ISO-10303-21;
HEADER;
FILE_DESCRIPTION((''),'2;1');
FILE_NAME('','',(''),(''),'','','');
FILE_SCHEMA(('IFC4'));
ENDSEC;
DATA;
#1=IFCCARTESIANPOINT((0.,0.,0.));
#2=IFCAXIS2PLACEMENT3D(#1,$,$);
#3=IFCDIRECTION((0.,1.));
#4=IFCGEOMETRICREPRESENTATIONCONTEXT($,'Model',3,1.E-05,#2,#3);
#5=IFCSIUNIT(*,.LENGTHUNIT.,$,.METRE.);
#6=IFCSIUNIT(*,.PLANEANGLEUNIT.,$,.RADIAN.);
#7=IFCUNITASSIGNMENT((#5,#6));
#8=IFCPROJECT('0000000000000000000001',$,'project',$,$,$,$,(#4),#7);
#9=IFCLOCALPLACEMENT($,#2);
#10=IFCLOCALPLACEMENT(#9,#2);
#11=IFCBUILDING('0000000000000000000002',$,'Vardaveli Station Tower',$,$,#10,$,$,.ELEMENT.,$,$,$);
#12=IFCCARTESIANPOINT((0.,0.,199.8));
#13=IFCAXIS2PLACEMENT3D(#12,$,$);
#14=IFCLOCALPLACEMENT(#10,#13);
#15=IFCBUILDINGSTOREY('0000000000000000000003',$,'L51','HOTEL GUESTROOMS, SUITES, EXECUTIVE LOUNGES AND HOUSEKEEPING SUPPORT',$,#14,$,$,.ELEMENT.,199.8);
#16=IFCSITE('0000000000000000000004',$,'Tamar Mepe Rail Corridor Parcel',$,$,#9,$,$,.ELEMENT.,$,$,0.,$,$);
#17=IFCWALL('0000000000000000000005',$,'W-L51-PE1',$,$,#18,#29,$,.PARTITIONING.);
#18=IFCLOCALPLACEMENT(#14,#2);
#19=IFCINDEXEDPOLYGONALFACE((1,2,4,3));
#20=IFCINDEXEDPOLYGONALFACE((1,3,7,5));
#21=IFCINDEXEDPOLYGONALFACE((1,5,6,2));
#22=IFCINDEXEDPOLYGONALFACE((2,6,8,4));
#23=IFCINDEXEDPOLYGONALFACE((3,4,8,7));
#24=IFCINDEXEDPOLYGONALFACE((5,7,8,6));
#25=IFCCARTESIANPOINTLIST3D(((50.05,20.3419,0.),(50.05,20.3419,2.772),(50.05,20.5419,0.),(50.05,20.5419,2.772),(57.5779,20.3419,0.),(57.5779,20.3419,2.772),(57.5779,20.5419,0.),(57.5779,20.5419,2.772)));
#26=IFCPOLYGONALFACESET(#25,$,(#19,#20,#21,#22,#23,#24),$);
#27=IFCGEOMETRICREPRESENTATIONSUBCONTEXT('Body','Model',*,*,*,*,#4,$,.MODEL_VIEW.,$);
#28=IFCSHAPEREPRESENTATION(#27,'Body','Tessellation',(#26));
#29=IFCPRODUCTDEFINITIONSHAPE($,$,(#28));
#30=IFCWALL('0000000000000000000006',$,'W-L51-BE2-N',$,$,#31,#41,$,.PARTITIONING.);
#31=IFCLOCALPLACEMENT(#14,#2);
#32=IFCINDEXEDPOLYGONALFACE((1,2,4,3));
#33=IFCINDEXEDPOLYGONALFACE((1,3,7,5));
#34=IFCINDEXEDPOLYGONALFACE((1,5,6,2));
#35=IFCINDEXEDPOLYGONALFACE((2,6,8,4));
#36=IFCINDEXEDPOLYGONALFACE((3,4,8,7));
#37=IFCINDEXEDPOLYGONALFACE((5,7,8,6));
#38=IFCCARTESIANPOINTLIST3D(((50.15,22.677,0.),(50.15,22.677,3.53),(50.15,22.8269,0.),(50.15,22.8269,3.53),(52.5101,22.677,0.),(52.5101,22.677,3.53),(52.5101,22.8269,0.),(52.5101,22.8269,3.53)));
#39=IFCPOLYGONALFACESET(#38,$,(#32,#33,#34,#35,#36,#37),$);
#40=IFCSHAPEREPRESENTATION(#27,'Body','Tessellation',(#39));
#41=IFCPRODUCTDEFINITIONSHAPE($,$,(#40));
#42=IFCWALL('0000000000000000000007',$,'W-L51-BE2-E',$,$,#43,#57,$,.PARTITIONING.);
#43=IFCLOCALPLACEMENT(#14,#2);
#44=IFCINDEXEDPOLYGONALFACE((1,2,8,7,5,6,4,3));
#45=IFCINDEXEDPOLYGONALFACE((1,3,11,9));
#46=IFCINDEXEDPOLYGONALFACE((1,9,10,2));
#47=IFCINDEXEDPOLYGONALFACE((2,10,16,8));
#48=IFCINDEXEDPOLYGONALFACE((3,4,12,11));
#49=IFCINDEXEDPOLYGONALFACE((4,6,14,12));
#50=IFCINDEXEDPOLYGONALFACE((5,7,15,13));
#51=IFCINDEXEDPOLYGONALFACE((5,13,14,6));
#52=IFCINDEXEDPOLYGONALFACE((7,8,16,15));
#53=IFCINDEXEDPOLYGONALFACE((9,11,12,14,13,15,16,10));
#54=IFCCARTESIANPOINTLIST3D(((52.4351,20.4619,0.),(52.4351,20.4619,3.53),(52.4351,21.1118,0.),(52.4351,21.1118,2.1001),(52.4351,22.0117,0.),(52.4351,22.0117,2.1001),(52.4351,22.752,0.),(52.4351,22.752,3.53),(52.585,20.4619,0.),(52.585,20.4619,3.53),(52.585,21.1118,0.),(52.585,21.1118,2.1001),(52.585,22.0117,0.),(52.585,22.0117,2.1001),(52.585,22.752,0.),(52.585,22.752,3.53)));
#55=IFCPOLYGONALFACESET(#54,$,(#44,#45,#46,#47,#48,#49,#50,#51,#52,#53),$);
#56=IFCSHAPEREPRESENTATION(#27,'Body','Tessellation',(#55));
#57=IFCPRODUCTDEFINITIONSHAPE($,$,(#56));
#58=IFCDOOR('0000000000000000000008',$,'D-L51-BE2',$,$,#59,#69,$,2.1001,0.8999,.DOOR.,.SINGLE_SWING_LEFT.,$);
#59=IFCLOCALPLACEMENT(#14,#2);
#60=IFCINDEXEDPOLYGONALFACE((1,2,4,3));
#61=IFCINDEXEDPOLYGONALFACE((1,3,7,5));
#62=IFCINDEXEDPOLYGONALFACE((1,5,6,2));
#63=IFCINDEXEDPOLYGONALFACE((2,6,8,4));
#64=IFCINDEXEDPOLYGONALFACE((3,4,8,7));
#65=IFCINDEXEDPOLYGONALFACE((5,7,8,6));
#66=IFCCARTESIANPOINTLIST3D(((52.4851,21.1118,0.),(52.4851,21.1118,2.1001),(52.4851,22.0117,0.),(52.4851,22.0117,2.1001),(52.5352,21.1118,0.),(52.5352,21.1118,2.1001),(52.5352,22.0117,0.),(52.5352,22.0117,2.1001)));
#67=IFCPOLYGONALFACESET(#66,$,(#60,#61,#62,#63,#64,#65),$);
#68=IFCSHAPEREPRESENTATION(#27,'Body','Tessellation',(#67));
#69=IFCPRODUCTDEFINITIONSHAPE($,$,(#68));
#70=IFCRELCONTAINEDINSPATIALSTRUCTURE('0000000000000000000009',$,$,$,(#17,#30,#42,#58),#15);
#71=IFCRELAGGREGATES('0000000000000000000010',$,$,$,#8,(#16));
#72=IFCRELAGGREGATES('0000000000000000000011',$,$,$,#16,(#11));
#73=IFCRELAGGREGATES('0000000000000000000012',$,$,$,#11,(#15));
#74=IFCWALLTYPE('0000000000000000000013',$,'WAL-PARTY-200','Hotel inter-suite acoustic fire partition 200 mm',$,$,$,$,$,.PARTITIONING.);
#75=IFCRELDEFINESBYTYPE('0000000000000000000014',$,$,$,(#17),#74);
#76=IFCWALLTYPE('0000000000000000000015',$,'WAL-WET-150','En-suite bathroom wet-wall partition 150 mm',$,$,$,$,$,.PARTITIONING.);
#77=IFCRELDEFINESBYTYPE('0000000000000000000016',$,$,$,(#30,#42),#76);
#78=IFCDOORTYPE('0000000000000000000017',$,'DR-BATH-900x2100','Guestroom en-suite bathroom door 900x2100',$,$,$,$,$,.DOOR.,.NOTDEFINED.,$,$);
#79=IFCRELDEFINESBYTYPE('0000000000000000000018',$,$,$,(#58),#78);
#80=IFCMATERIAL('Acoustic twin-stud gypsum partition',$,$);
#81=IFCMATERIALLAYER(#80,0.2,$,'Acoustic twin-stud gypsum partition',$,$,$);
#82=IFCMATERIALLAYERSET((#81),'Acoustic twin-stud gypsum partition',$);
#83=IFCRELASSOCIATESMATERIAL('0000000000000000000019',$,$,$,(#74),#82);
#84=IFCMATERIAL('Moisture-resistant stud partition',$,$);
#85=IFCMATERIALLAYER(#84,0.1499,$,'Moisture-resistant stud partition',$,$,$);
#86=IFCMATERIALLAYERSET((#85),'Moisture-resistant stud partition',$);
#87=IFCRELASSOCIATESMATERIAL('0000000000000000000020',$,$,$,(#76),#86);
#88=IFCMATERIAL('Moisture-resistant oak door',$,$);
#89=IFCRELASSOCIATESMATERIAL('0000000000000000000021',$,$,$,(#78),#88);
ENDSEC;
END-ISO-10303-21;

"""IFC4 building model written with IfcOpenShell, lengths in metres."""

from ifc_helpers import new_model, si_unit, direction, frame, frame_2d, origin, place, context, subcontext, project, spatial, rectangle, extrude, source, transform, mapped, material, layer, layer_set, type_object, element, fill, save


model = new_model("IFC4")

# Units and contexts
model_context = context("Model", 3, precision=1e-05, world=origin(), true_north=direction((0.0, 1.0)))
body_context = subcontext(model_context, "Body", "Model", "MODEL_VIEW")
ifc_project = project(units=[si_unit("LENGTHUNIT", "METRE"), si_unit("PLANEANGLEUNIT", "RADIAN")], contexts=[model_context])

# Site, building, storey
site_placement = place(None, origin())
site = spatial("IfcSite", under=ifc_project, at=site_placement, Name="Tamar Mepe Rail Corridor Parcel", CompositionType="ELEMENT", RefElevation=0.0)
building_placement = place(site_placement, origin())
building = spatial("IfcBuilding", under=site, at=building_placement, Name="Vardaveli Station Tower", CompositionType="ELEMENT")
storey_placement = place(building_placement, frame((0.0, 0.0, 199.8)))
storey = spatial("IfcBuildingStorey", under=building, at=storey_placement, Name="L51", Description="HOTEL GUESTROOMS, SUITES, EXECUTIVE LOUNGES AND HOUSEKEEPING SUPPORT", CompositionType="ELEMENT", Elevation=199.8)

# Walls
ifc_material_1 = material(Name="Acoustic twin-stud gypsum partition")
ifc_layer_1 = layer(ifc_material_1, 0.2, Name="Acoustic twin-stud gypsum partition")
ifc_layer_set_1 = layer_set([ifc_layer_1], Name="Acoustic twin-stud gypsum partition")
wall_type_1 = type_object("IfcWallType", Name="WAL-PARTY-200", Description="Hotel inter-suite acoustic fire partition 200 mm", PredefinedType="PARTITIONING", material=ifc_layer_set_1)
shared_shape_1 = source(origin(), body_context, "Body", "SweptSolid", [
    extrude(rectangle(XDim=7.5278, YDim=0.2, at=frame_2d((3.7639, 0.0))), origin(), (0.0, 0.0, 1.0), 2.772),
])
wall_1_placement = place(storey_placement, frame((50.05, 20.4419, 0.0), z_axis=(0.0, 0.0, 1.0), x_axis=(1.0, 0.0, 0.0)))
element("IfcWall", 1, at=wall_1_placement, inside=storey, type_object=wall_type_1, Name="W-L51-PE1", PredefinedType="PARTITIONING", context=body_context, shape_type="MappedRepresentation", body=[
    mapped(shared_shape_1, transform((0.0, 0.0, 0.0), scale=1.0)),
])
ifc_material_2 = material(Name="Moisture-resistant stud partition")
ifc_layer_2 = layer(ifc_material_2, 0.1499, Name="Moisture-resistant stud partition")
ifc_layer_set_2 = layer_set([ifc_layer_2], Name="Moisture-resistant stud partition")
wall_type_2 = type_object("IfcWallType", Name="WAL-WET-150", Description="En-suite bathroom wet-wall partition 150 mm", PredefinedType="PARTITIONING", material=ifc_layer_set_2)
shared_shape_2 = source(origin(), body_context, "Body", "SweptSolid", [
    extrude(rectangle(XDim=2.3601, YDim=0.1499, at=frame_2d((1.1802, 0.0))), origin(), (0.0, 0.0, 1.0), 3.53),
])
wall_2_placement = place(storey_placement, frame((50.1499, 22.752, 0.0), z_axis=(0.0, 0.0, 1.0), x_axis=(1.0, 0.0, 0.0)))
element("IfcWall", 2, at=wall_2_placement, inside=storey, type_object=wall_type_2, Name="W-L51-BE2-N", PredefinedType="PARTITIONING", context=body_context, shape_type="MappedRepresentation", body=[
    mapped(shared_shape_2, transform((0.0, 0.0, 0.0), scale=1.0)),
])

# Wall, opening, door
shared_shape_3 = source(origin(), body_context, "Body", "SweptSolid", [
    extrude(rectangle(XDim=2.29, YDim=0.1499, at=frame_2d((1.145, 0.0))), origin(), (0.0, 0.0, 1.0), 3.53),
])
wall_3_placement = place(storey_placement, frame((52.51, 20.4619, 0.0), z_axis=(0.0, 0.0, 1.0), x_axis=(0.0, 1.0, 0.0)))
wall_3 = element("IfcWall", 3, at=wall_3_placement, inside=storey, type_object=wall_type_2, Name="W-L51-BE2-E", PredefinedType="PARTITIONING", context=body_context, shape_type="MappedRepresentation", body=[
    mapped(shared_shape_3, transform((0.0, 0.0, 0.0), scale=1.0)),
])
shared_shape_4 = source(origin(), body_context, "Body", "SweptSolid", [
    extrude(rectangle(XDim=0.8999, YDim=2.1001, at=frame_2d((0.45, 1.05))), frame((0.0, 0.085, 0.0), z_axis=(0.0, -1.0, 0.0), x_axis=(1.0, 0.0, 0.0)), (0.0, 0.0, 1.0), 0.1699),
])
opening_1_placement = place(wall_3_placement, frame((0.6499, 0.0, 0.0)))
opening_1 = element("IfcOpeningElement", 4, at=opening_1_placement, cuts=wall_3, PredefinedType="OPENING", context=body_context, shape_type="MappedRepresentation", body=[
    mapped(shared_shape_4, transform((0.0, 0.0, 0.0), scale=1.0)),
])
ifc_material_3 = material(Name="Moisture-resistant oak door")
door_type_1 = type_object("IfcDoorType", Name="DR-BATH-900x2100", Description="Guestroom en-suite bathroom door 900x2100", OperationType="NOTDEFINED", PredefinedType="DOOR", material=ifc_material_3)
shared_shape_5 = source(origin(), body_context, "Body", "SweptSolid", [
    extrude(rectangle(XDim=0.8999, YDim=2.1001, at=frame_2d((0.45, 1.05))), frame((0.0, 0.0249, 0.0), z_axis=(0.0, -1.0, 0.0), x_axis=(1.0, 0.0, 0.0)), (0.0, 0.0, 1.0), 0.05),
])
door_1_placement = place(opening_1_placement, origin())
door_1 = element("IfcDoor", 5, at=door_1_placement, inside=storey, type_object=door_type_1, Name="D-L51-BE2", OperationType="SINGLE_SWING_LEFT", OverallHeight=2.1001, OverallWidth=0.8999, PredefinedType="DOOR", context=body_context, shape_type="MappedRepresentation", body=[
    mapped(shared_shape_5, transform((0.0, 0.0, 0.0), scale=1.0)),
])
fill(opening_1, door_1)

save(model, "model.ifc")
